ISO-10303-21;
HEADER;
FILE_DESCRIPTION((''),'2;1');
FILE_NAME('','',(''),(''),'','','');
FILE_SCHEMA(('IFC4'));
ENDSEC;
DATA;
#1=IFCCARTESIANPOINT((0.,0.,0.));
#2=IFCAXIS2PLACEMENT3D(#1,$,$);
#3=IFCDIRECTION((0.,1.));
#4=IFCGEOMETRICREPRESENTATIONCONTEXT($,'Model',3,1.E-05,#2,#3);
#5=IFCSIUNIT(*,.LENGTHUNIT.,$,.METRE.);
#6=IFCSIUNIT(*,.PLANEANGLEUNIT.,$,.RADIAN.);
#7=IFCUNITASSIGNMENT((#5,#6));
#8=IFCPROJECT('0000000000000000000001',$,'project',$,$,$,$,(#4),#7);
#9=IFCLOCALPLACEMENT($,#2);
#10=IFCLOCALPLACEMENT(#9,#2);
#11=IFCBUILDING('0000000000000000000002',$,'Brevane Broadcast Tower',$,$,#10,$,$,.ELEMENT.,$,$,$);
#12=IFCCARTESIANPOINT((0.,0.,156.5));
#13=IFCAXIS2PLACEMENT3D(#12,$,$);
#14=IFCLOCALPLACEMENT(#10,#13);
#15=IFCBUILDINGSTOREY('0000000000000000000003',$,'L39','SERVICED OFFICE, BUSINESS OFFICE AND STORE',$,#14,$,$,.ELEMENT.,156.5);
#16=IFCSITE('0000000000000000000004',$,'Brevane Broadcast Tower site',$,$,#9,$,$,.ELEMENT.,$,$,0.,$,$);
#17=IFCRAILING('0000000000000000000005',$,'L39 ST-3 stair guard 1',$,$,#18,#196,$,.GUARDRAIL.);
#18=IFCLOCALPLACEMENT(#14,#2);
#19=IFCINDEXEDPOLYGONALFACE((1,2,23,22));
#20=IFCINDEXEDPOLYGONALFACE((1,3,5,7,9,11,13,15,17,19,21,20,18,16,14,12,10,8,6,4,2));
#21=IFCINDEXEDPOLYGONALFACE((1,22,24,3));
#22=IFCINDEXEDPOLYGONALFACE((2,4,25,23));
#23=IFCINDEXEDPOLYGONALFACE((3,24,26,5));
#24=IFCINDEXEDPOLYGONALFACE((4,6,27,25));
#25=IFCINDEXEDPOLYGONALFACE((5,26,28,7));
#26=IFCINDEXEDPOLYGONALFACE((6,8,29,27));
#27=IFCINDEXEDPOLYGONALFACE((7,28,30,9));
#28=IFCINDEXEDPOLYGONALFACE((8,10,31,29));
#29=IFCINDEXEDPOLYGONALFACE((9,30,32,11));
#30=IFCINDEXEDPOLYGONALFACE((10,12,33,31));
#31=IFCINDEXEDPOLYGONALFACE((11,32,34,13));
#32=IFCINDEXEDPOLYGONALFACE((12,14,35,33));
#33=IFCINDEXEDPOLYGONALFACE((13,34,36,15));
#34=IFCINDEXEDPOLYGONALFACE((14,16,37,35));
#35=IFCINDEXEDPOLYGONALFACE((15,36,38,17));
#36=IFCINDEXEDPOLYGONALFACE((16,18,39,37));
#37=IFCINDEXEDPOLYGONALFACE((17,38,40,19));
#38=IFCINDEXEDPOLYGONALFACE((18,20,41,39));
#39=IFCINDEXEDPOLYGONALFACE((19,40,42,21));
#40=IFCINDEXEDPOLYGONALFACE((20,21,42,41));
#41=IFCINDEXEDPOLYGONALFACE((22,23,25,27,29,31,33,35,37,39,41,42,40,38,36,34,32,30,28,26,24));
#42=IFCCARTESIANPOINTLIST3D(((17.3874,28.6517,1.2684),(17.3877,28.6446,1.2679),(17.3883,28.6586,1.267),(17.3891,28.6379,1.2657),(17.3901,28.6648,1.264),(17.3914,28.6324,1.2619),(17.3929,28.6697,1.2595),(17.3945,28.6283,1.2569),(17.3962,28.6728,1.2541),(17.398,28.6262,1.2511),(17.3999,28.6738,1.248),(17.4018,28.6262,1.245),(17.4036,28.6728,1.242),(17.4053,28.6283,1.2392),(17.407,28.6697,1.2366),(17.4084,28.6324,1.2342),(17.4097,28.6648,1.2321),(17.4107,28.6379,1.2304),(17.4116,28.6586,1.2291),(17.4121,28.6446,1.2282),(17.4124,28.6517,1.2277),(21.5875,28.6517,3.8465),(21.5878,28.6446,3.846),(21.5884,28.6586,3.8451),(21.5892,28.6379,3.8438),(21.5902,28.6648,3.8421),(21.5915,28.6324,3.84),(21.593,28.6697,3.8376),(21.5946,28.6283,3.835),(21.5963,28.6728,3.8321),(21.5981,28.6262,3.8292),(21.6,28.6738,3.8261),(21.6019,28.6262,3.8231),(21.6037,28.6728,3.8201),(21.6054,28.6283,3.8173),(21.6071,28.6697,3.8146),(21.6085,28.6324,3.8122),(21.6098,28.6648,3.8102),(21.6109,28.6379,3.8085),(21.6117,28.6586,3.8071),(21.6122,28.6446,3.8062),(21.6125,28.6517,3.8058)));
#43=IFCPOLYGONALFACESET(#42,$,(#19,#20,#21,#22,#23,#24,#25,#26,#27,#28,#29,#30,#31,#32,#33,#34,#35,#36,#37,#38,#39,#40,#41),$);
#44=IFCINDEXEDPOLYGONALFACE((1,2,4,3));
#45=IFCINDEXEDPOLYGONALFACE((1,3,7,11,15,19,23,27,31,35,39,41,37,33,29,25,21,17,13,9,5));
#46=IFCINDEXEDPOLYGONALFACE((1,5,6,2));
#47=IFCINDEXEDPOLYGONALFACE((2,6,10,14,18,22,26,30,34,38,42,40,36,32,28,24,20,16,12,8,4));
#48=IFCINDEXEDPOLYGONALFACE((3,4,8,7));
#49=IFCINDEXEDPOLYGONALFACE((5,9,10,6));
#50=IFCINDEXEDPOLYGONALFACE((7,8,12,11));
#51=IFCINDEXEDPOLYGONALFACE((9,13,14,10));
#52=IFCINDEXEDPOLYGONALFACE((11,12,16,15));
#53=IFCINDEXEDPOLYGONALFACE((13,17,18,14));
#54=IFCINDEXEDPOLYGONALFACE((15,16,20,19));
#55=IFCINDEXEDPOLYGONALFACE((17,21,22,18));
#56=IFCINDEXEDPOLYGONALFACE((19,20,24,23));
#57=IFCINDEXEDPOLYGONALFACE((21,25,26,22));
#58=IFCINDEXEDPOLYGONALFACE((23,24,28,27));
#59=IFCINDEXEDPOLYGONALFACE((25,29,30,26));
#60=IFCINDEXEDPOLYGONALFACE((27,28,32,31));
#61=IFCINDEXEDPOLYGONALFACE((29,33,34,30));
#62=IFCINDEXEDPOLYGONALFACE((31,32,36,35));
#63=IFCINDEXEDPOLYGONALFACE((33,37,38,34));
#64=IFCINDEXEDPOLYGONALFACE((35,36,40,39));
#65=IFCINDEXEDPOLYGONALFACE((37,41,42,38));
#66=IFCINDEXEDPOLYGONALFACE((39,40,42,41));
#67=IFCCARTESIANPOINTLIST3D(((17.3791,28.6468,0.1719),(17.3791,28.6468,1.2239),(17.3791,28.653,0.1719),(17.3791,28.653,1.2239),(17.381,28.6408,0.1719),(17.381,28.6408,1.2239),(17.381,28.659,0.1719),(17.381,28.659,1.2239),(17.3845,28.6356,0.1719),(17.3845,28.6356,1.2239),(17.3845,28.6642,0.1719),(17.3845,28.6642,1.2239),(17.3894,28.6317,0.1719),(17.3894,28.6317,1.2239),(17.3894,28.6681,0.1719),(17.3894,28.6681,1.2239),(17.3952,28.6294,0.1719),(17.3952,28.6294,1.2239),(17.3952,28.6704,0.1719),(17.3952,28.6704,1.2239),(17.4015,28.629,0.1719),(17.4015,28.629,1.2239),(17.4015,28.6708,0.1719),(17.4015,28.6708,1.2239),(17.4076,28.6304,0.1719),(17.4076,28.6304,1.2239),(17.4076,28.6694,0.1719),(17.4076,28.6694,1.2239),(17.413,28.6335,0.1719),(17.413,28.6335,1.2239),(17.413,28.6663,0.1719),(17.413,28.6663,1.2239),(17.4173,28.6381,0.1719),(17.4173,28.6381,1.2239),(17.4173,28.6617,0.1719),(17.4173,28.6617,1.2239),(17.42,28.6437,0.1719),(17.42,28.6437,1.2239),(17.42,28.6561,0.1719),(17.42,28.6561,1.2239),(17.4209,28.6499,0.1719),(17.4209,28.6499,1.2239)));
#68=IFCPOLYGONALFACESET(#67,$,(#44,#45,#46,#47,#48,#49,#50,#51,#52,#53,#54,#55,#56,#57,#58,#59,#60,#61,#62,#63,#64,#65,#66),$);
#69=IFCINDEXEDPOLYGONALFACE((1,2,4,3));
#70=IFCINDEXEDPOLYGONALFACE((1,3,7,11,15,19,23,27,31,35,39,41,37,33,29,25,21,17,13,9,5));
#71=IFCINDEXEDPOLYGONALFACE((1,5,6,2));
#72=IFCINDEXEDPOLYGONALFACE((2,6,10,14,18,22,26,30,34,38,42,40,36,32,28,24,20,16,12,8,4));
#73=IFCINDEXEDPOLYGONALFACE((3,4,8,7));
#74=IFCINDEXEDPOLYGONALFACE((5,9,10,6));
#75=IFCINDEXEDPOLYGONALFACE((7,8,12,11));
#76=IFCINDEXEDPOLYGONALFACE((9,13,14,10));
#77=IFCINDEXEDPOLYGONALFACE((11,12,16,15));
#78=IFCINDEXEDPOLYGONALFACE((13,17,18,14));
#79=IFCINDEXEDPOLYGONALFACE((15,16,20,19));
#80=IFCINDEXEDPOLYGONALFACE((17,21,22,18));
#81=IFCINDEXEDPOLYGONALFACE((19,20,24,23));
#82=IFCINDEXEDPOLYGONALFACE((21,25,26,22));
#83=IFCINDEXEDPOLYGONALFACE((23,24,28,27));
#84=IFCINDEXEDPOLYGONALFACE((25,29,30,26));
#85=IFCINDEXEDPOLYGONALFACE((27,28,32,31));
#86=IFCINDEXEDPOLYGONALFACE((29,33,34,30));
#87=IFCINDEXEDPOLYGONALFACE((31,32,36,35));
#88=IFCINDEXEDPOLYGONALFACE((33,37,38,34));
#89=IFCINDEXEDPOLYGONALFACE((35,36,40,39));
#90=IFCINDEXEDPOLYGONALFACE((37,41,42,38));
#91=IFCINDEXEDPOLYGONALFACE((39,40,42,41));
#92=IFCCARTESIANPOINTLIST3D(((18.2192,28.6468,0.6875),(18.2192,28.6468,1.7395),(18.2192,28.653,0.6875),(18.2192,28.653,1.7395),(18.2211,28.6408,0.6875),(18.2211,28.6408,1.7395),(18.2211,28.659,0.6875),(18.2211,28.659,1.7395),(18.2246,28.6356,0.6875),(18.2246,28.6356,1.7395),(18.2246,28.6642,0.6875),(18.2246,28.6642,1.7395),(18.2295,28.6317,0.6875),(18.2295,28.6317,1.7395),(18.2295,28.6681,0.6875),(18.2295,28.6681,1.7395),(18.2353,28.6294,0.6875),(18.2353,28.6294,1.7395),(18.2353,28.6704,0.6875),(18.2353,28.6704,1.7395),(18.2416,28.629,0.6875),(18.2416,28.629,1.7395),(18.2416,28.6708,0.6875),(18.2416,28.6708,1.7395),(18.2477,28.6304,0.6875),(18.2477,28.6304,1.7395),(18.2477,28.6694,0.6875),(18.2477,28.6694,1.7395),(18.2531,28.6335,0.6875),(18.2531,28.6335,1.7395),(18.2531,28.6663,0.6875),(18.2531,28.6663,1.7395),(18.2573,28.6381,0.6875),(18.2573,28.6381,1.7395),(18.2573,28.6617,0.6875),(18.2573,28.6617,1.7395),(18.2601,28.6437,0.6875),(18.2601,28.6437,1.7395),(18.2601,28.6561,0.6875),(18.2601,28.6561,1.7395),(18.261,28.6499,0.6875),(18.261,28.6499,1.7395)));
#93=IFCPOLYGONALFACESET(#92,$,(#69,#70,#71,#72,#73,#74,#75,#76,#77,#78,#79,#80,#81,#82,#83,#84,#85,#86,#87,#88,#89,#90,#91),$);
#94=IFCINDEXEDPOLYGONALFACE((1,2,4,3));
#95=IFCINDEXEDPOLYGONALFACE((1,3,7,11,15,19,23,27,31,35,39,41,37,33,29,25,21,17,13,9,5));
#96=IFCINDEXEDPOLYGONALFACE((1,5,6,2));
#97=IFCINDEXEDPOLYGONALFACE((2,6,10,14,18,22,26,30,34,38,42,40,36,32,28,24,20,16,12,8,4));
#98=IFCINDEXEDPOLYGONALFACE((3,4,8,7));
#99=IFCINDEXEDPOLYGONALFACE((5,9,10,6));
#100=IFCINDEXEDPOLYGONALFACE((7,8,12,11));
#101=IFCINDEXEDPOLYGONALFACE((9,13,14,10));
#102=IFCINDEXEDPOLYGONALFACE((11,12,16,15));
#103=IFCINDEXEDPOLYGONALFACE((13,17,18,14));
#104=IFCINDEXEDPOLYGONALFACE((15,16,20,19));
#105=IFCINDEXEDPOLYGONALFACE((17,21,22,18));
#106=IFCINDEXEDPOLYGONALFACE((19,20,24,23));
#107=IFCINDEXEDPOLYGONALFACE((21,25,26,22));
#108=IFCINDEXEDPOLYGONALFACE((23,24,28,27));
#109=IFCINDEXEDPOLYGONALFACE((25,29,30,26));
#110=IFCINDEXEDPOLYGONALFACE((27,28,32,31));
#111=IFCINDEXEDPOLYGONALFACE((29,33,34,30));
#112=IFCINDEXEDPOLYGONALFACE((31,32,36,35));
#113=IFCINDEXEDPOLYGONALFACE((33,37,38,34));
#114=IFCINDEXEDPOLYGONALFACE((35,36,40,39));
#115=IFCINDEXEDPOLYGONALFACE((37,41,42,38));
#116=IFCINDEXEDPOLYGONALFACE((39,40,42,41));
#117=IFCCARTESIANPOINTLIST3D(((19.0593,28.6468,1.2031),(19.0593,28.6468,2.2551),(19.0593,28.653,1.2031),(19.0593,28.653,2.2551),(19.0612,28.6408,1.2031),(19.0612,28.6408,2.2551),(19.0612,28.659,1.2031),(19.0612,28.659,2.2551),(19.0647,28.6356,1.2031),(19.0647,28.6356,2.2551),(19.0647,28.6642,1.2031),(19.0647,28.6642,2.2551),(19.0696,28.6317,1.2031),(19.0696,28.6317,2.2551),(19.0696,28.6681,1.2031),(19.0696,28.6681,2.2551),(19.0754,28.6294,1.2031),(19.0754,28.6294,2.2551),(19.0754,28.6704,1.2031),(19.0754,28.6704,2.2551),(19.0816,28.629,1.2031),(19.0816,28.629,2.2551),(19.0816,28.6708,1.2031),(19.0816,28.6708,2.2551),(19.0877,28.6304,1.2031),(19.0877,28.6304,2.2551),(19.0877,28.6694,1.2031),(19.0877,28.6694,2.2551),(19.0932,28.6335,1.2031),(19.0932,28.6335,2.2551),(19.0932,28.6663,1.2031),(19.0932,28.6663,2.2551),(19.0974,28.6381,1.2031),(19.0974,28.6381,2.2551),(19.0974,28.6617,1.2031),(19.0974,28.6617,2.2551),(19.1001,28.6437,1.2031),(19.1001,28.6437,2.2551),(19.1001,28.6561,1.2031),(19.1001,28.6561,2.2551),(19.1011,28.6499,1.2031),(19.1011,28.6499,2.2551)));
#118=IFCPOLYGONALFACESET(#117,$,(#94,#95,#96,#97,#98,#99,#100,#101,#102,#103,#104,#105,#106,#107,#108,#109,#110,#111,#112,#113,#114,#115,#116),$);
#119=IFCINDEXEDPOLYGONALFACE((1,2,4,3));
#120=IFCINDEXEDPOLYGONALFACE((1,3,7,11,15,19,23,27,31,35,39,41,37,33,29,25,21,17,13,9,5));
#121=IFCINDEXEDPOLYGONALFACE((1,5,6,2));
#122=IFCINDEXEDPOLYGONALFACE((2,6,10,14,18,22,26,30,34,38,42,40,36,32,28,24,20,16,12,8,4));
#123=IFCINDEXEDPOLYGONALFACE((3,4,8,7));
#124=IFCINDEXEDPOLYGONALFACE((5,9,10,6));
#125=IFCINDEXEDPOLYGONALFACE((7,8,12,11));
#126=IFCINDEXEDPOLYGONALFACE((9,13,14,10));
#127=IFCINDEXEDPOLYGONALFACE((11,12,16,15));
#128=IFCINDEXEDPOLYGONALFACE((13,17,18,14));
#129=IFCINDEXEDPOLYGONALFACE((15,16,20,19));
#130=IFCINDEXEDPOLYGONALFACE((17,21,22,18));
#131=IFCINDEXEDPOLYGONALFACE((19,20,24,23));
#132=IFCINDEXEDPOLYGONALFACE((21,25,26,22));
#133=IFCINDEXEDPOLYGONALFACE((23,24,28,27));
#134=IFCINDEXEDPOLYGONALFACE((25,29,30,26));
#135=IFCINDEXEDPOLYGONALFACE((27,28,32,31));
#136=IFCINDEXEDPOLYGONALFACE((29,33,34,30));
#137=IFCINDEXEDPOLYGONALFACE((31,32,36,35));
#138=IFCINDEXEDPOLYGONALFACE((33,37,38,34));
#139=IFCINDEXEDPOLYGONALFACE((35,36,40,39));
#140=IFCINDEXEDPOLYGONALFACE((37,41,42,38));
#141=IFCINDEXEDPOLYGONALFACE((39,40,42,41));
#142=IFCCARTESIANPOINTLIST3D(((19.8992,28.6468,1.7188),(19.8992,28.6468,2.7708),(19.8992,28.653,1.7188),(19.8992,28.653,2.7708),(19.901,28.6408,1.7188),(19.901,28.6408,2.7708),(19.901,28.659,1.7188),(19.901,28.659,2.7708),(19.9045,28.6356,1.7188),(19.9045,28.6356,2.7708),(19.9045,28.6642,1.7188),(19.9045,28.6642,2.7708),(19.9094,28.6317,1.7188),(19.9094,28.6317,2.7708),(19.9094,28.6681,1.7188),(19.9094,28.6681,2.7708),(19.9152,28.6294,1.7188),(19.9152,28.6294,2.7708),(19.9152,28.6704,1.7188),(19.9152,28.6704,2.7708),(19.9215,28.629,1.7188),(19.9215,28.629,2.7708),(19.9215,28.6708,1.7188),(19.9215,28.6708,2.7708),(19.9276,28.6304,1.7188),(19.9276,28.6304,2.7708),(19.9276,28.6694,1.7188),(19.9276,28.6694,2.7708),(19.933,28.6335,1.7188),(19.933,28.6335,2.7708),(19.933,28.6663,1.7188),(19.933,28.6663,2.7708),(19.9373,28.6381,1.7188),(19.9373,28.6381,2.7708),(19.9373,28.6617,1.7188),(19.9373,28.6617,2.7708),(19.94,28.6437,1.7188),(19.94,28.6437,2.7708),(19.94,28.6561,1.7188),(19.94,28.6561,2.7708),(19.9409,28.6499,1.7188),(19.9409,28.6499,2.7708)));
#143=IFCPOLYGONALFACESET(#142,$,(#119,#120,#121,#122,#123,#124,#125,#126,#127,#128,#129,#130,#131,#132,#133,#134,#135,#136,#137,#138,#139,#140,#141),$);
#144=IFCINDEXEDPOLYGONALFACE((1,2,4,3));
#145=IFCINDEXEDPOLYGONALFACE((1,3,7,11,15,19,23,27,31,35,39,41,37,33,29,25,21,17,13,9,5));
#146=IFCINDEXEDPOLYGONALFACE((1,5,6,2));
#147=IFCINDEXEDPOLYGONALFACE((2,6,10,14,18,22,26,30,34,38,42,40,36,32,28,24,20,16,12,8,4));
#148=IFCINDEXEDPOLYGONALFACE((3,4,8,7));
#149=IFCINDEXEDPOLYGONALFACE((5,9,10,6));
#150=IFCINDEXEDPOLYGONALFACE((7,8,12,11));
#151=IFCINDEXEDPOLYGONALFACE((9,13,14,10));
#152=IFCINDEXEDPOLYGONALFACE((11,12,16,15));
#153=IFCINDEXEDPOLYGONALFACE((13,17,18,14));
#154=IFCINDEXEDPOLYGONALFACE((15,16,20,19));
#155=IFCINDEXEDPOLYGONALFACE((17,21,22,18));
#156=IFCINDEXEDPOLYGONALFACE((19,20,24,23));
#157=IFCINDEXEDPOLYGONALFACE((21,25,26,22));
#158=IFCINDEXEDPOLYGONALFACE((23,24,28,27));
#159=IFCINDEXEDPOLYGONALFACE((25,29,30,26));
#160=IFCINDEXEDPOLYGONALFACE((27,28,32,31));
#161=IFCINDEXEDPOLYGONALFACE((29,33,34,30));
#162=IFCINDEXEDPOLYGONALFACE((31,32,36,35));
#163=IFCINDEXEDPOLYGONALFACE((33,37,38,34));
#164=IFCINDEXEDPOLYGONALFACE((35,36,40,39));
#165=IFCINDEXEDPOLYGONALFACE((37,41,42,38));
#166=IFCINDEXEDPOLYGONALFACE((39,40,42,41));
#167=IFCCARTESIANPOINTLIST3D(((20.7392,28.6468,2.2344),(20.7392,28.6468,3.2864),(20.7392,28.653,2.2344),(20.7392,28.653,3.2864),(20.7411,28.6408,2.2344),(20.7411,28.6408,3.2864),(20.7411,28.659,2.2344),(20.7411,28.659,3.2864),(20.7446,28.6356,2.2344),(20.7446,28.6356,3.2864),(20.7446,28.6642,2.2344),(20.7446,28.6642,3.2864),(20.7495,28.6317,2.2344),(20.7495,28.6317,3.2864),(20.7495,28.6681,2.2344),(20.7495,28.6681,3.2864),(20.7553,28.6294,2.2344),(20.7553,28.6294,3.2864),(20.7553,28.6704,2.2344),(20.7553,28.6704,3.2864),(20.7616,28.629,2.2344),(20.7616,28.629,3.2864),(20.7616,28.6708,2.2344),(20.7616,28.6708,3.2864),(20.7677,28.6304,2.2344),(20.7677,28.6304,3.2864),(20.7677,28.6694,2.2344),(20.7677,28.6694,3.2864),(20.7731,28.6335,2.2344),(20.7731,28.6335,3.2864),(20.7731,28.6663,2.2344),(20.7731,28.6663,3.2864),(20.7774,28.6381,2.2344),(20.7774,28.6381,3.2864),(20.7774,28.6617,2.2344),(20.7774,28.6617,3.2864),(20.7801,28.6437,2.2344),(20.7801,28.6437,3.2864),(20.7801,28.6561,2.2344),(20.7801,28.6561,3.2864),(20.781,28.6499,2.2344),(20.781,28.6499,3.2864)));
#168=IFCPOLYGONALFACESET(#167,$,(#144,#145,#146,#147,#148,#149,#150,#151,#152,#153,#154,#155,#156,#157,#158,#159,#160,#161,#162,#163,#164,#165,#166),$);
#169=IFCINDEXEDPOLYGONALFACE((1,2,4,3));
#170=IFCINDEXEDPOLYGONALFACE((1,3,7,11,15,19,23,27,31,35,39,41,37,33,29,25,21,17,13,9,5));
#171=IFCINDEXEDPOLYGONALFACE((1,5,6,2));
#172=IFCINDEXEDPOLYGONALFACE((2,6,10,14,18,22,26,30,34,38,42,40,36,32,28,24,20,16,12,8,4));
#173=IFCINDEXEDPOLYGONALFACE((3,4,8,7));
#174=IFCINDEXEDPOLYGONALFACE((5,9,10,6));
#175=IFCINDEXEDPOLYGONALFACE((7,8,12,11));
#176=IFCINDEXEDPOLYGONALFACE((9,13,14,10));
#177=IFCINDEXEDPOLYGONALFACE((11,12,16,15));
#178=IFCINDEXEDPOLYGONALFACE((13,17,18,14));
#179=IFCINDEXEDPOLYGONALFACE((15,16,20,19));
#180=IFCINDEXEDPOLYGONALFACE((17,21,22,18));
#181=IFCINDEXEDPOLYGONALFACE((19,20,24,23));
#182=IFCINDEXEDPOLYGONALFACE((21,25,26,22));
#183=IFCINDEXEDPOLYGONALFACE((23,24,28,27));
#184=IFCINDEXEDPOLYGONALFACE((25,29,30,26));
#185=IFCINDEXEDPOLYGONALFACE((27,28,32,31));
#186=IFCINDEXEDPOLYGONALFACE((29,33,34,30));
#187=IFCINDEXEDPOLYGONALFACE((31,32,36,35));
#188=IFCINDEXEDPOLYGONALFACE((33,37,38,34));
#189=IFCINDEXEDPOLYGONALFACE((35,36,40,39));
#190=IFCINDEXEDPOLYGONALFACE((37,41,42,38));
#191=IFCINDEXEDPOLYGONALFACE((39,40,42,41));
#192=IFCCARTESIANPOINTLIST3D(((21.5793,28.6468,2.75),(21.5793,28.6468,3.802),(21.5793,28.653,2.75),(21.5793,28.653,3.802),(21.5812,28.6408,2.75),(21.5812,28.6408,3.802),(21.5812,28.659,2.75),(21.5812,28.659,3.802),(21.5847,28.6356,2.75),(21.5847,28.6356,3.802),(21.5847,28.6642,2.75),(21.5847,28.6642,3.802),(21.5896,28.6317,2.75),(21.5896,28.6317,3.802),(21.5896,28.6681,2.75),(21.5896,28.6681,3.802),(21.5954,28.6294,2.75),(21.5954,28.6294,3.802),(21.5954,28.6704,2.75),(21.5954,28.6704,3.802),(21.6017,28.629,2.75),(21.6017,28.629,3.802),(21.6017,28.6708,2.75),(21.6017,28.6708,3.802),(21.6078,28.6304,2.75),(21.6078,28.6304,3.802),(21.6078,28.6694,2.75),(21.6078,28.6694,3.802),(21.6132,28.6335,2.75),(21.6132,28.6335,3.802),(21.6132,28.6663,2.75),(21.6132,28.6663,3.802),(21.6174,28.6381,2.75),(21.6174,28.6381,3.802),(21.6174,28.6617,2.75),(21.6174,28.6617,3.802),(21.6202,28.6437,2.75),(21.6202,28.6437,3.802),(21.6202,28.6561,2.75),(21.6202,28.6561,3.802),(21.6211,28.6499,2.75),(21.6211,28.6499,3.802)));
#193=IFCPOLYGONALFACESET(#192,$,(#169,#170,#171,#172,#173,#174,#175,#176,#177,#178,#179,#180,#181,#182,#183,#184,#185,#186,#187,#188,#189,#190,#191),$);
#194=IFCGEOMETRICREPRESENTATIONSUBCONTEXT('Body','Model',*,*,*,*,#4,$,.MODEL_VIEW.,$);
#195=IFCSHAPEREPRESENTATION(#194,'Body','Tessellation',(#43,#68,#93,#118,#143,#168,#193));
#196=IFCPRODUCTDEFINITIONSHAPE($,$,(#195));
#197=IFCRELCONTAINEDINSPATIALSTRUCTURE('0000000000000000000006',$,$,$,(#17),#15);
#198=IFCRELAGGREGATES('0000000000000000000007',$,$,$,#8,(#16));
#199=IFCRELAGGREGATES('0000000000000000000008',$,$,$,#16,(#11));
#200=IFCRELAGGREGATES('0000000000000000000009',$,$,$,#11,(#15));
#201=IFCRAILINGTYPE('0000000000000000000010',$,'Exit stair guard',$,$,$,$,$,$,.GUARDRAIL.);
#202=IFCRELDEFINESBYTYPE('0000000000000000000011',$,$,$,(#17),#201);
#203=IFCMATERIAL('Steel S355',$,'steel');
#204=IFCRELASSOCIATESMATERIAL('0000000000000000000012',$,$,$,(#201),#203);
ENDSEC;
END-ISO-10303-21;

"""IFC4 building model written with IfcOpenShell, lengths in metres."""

from ifc_helpers import new_model, si_unit, direction, frame, origin, origin_2d, place, context, subcontext, project, spatial, circle, extrude, material, type_object, element, save


model = new_model("IFC4")

# Units and contexts
model_context = context("Model", 3, precision=1e-05, world=origin(), true_north=direction((0.0, 1.0)))
body_context = subcontext(model_context, "Body", "Model", "MODEL_VIEW")
ifc_project = project(units=[si_unit("LENGTHUNIT", "METRE"), si_unit("PLANEANGLEUNIT", "RADIAN")], contexts=[model_context])

# Site, building, storey
site_placement = place(None, origin())
site = spatial("IfcSite", under=ifc_project, at=site_placement, Name="Brevane Broadcast Tower site", CompositionType="ELEMENT", RefElevation=0.0)
building_placement = place(site_placement, origin())
building = spatial("IfcBuilding", under=site, at=building_placement, Name="Brevane Broadcast Tower", CompositionType="ELEMENT")
storey_placement = place(building_placement, frame((0.0, 0.0, 156.5)))
storey = spatial("IfcBuildingStorey", under=building, at=storey_placement, Name="L39", Description="SERVICED OFFICE, BUSINESS OFFICE AND STORE", CompositionType="ELEMENT", Elevation=156.5)

# Railing
ifc_material_1 = material(Name="Steel S355", Category="steel")
railing_type_1 = type_object("IfcRailingType", Name="Exit stair guard", PredefinedType="GUARDRAIL", material=ifc_material_1)
railing_1_placement = place(storey_placement, frame((17.3999, 28.6499, 0.1719)))
element("IfcRailing", 1, at=railing_1_placement, inside=storey, type_object=railing_type_1, Name="L39 ST-3 stair guard 1", PredefinedType="GUARDRAIL", context=body_context, shape_type="SweptSolid", body=[
    extrude(circle(Radius=0.0239, at=origin_2d()), frame((0.0, 0.0, 1.0762), z_axis=(0.852256, 0.0, 0.523124), x_axis=(0.0, 1.0, 0.0)), (0.0, 0.0, 1.0), 4.9282),
    extrude(circle(Radius=0.021, at=origin_2d()), origin(), (0.0, 0.0, 1.0), 1.052),
    extrude(circle(Radius=0.021, at=origin_2d()), frame((0.8401, 0.0, 0.5156)), (0.0, 0.0, 1.0), 1.052),
    extrude(circle(Radius=0.021, at=origin_2d()), frame((1.6802, 0.0, 1.0312)), (0.0, 0.0, 1.0), 1.052),
    extrude(circle(Radius=0.021, at=origin_2d()), frame((2.52, 0.0, 1.5469)), (0.0, 0.0, 1.0), 1.052),
    extrude(circle(Radius=0.021, at=origin_2d()), frame((3.3601, 0.0, 2.0625)), (0.0, 0.0, 1.0), 1.052),
    extrude(circle(Radius=0.021, at=origin_2d()), frame((4.2002, 0.0, 2.5781)), (0.0, 0.0, 1.0), 1.052),
])

save(model, "model.ifc")
